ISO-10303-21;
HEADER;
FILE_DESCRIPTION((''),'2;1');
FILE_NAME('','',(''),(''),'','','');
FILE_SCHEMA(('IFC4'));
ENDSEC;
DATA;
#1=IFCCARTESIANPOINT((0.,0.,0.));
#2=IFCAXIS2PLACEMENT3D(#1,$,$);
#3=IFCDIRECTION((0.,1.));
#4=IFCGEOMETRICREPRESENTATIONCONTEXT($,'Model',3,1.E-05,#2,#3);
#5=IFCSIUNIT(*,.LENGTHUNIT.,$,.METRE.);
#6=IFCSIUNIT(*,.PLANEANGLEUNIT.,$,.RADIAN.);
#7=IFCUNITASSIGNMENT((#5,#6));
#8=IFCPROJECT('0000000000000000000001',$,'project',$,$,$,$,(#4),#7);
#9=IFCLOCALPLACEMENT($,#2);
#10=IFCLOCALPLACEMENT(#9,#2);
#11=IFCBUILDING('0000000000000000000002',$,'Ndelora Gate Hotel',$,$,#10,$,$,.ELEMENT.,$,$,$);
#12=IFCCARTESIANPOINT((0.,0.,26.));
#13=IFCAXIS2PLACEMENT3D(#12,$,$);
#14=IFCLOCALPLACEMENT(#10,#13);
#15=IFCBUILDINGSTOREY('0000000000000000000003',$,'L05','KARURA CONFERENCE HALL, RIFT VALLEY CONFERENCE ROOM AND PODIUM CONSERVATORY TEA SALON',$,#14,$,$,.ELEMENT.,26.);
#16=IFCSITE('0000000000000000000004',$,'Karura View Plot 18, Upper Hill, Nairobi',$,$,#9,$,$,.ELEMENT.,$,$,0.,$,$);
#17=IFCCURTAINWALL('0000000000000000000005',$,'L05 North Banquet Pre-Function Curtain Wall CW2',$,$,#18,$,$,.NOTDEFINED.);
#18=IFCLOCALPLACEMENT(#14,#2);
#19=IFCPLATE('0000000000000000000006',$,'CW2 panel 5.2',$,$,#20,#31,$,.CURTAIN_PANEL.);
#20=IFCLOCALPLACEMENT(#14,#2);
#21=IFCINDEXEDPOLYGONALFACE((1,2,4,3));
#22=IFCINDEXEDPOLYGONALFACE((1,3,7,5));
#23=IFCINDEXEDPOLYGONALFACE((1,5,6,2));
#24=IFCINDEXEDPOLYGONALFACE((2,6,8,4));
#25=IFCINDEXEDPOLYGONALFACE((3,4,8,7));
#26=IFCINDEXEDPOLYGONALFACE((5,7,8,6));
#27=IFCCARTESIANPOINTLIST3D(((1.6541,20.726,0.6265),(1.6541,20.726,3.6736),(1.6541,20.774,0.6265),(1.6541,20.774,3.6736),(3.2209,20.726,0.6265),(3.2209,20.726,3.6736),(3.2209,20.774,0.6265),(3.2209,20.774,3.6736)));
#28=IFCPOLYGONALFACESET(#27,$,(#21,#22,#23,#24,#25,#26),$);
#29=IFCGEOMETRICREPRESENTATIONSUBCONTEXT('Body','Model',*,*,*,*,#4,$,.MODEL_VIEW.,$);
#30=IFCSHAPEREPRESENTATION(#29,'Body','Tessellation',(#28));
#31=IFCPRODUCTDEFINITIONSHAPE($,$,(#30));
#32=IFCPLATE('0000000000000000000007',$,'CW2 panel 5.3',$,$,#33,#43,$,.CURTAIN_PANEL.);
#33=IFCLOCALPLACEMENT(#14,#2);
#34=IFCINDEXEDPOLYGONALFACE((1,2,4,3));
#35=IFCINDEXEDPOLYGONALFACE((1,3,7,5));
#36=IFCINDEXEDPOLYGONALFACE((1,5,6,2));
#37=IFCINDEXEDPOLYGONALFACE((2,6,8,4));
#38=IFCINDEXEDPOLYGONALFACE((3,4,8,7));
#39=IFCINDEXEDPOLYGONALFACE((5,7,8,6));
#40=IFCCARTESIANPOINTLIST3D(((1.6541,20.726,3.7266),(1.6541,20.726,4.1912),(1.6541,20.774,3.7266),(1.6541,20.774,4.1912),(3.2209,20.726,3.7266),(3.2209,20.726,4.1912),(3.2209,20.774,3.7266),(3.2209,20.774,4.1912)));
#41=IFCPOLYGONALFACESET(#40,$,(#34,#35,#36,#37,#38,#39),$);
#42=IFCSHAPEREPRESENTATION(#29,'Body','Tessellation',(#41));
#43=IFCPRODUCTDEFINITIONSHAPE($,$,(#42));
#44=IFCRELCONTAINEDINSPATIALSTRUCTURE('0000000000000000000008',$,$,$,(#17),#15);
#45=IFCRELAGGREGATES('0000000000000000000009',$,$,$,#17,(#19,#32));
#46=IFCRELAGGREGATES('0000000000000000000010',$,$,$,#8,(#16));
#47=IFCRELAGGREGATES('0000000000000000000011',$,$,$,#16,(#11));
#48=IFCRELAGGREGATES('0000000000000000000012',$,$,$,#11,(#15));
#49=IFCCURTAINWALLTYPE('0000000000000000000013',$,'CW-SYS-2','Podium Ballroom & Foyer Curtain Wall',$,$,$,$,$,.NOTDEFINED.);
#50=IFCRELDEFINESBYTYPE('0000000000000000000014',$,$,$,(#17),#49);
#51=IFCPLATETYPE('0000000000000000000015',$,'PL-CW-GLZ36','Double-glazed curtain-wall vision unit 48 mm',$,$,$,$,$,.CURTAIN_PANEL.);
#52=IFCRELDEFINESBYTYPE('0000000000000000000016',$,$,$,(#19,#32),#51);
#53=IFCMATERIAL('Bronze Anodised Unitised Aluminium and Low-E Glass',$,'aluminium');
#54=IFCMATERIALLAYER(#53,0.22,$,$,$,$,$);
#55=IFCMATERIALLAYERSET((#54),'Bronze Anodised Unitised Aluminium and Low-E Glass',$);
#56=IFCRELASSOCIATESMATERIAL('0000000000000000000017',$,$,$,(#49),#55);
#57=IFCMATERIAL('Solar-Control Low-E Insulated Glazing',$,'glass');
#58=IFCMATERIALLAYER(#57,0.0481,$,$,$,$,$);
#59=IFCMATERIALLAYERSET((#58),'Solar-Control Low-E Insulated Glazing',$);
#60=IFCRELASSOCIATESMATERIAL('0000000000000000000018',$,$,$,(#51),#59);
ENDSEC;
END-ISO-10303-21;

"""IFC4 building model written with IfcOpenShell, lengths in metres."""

from ifc_helpers import new_model, si_unit, direction, frame, origin, origin_2d, place, context, subcontext, project, spatial, rectangle, extrude, material, layer, layer_set, type_object, element, aggregate, save


model = new_model("IFC4")

# Units and contexts
model_context = context("Model", 3, precision=1e-05, world=origin(), true_north=direction((0.0, 1.0)))
body_context = subcontext(model_context, "Body", "Model", "MODEL_VIEW")
ifc_project = project(units=[si_unit("LENGTHUNIT", "METRE"), si_unit("PLANEANGLEUNIT", "RADIAN")], contexts=[model_context])

# Site, building, storey
site_placement = place(None, origin())
site = spatial("IfcSite", under=ifc_project, at=site_placement, Name="Karura View Plot 18, Upper Hill, Nairobi", CompositionType="ELEMENT", RefElevation=0.0)
building_placement = place(site_placement, origin())
building = spatial("IfcBuilding", under=site, at=building_placement, Name="Ndelora Gate Hotel", CompositionType="ELEMENT")
storey_placement = place(building_placement, frame((0.0, 0.0, 26.0)))
storey = spatial("IfcBuildingStorey", under=building, at=storey_placement, Name="L05", Description="KARURA CONFERENCE HALL, RIFT VALLEY CONFERENCE ROOM AND PODIUM CONSERVATORY TEA SALON", CompositionType="ELEMENT", Elevation=26.0)

# Curtain wall, plates
ifc_material_1 = material(Name="Bronze Anodised Unitised Aluminium and Low-E Glass", Category="aluminium")
ifc_layer_1 = layer(ifc_material_1, 0.22)
ifc_layer_set_1 = layer_set([ifc_layer_1], Name="Bronze Anodised Unitised Aluminium and Low-E Glass")
curtain_wall_type = type_object("IfcCurtainWallType", Name="CW-SYS-2", Description="Podium Ballroom & Foyer Curtain Wall", PredefinedType="NOTDEFINED", material=ifc_layer_set_1)
curtain_wall_placement = place(storey_placement, origin())
curtain_wall = element("IfcCurtainWall", 1, at=curtain_wall_placement, inside=storey, type_object=curtain_wall_type, Name="L05 North Banquet Pre-Function Curtain Wall CW2", PredefinedType="NOTDEFINED")
ifc_material_2 = material(Name="Solar-Control Low-E Insulated Glazing", Category="glass")
ifc_layer_2 = layer(ifc_material_2, 0.0481)
ifc_layer_set_2 = layer_set([ifc_layer_2], Name="Solar-Control Low-E Insulated Glazing")
plate_type = type_object("IfcPlateType", Name="PL-CW-GLZ36", Description="Double-glazed curtain-wall vision unit 48 mm", PredefinedType="CURTAIN_PANEL", material=ifc_layer_set_2)
plate_1_placement = place(storey_placement, frame((2.4375, 20.75, 0.6265), z_axis=(0.0, 0.0, 1.0), x_axis=(-1.0, 0.0, 0.0)))
plate_1 = element("IfcPlate", 2, at=plate_1_placement, type_object=plate_type, Name="CW2 panel 5.2", PredefinedType="CURTAIN_PANEL", context=body_context, shape_type="SweptSolid", body=[
    extrude(rectangle(XDim=1.5669, YDim=0.0481, at=origin_2d()), origin(), (0.0, 0.0, 1.0), 3.0471),
])
plate_2_placement = place(storey_placement, frame((2.4375, 20.75, 3.7266), z_axis=(0.0, 0.0, 1.0), x_axis=(-1.0, 0.0, 0.0)))
plate_2 = element("IfcPlate", 3, at=plate_2_placement, type_object=plate_type, Name="CW2 panel 5.3", PredefinedType="CURTAIN_PANEL", context=body_context, shape_type="SweptSolid", body=[
    extrude(rectangle(XDim=1.5669, YDim=0.0481, at=origin_2d()), origin(), (0.0, 0.0, 1.0), 0.4646),
])
aggregate(curtain_wall, [plate_1, plate_2])

save(model, "model.ifc")
